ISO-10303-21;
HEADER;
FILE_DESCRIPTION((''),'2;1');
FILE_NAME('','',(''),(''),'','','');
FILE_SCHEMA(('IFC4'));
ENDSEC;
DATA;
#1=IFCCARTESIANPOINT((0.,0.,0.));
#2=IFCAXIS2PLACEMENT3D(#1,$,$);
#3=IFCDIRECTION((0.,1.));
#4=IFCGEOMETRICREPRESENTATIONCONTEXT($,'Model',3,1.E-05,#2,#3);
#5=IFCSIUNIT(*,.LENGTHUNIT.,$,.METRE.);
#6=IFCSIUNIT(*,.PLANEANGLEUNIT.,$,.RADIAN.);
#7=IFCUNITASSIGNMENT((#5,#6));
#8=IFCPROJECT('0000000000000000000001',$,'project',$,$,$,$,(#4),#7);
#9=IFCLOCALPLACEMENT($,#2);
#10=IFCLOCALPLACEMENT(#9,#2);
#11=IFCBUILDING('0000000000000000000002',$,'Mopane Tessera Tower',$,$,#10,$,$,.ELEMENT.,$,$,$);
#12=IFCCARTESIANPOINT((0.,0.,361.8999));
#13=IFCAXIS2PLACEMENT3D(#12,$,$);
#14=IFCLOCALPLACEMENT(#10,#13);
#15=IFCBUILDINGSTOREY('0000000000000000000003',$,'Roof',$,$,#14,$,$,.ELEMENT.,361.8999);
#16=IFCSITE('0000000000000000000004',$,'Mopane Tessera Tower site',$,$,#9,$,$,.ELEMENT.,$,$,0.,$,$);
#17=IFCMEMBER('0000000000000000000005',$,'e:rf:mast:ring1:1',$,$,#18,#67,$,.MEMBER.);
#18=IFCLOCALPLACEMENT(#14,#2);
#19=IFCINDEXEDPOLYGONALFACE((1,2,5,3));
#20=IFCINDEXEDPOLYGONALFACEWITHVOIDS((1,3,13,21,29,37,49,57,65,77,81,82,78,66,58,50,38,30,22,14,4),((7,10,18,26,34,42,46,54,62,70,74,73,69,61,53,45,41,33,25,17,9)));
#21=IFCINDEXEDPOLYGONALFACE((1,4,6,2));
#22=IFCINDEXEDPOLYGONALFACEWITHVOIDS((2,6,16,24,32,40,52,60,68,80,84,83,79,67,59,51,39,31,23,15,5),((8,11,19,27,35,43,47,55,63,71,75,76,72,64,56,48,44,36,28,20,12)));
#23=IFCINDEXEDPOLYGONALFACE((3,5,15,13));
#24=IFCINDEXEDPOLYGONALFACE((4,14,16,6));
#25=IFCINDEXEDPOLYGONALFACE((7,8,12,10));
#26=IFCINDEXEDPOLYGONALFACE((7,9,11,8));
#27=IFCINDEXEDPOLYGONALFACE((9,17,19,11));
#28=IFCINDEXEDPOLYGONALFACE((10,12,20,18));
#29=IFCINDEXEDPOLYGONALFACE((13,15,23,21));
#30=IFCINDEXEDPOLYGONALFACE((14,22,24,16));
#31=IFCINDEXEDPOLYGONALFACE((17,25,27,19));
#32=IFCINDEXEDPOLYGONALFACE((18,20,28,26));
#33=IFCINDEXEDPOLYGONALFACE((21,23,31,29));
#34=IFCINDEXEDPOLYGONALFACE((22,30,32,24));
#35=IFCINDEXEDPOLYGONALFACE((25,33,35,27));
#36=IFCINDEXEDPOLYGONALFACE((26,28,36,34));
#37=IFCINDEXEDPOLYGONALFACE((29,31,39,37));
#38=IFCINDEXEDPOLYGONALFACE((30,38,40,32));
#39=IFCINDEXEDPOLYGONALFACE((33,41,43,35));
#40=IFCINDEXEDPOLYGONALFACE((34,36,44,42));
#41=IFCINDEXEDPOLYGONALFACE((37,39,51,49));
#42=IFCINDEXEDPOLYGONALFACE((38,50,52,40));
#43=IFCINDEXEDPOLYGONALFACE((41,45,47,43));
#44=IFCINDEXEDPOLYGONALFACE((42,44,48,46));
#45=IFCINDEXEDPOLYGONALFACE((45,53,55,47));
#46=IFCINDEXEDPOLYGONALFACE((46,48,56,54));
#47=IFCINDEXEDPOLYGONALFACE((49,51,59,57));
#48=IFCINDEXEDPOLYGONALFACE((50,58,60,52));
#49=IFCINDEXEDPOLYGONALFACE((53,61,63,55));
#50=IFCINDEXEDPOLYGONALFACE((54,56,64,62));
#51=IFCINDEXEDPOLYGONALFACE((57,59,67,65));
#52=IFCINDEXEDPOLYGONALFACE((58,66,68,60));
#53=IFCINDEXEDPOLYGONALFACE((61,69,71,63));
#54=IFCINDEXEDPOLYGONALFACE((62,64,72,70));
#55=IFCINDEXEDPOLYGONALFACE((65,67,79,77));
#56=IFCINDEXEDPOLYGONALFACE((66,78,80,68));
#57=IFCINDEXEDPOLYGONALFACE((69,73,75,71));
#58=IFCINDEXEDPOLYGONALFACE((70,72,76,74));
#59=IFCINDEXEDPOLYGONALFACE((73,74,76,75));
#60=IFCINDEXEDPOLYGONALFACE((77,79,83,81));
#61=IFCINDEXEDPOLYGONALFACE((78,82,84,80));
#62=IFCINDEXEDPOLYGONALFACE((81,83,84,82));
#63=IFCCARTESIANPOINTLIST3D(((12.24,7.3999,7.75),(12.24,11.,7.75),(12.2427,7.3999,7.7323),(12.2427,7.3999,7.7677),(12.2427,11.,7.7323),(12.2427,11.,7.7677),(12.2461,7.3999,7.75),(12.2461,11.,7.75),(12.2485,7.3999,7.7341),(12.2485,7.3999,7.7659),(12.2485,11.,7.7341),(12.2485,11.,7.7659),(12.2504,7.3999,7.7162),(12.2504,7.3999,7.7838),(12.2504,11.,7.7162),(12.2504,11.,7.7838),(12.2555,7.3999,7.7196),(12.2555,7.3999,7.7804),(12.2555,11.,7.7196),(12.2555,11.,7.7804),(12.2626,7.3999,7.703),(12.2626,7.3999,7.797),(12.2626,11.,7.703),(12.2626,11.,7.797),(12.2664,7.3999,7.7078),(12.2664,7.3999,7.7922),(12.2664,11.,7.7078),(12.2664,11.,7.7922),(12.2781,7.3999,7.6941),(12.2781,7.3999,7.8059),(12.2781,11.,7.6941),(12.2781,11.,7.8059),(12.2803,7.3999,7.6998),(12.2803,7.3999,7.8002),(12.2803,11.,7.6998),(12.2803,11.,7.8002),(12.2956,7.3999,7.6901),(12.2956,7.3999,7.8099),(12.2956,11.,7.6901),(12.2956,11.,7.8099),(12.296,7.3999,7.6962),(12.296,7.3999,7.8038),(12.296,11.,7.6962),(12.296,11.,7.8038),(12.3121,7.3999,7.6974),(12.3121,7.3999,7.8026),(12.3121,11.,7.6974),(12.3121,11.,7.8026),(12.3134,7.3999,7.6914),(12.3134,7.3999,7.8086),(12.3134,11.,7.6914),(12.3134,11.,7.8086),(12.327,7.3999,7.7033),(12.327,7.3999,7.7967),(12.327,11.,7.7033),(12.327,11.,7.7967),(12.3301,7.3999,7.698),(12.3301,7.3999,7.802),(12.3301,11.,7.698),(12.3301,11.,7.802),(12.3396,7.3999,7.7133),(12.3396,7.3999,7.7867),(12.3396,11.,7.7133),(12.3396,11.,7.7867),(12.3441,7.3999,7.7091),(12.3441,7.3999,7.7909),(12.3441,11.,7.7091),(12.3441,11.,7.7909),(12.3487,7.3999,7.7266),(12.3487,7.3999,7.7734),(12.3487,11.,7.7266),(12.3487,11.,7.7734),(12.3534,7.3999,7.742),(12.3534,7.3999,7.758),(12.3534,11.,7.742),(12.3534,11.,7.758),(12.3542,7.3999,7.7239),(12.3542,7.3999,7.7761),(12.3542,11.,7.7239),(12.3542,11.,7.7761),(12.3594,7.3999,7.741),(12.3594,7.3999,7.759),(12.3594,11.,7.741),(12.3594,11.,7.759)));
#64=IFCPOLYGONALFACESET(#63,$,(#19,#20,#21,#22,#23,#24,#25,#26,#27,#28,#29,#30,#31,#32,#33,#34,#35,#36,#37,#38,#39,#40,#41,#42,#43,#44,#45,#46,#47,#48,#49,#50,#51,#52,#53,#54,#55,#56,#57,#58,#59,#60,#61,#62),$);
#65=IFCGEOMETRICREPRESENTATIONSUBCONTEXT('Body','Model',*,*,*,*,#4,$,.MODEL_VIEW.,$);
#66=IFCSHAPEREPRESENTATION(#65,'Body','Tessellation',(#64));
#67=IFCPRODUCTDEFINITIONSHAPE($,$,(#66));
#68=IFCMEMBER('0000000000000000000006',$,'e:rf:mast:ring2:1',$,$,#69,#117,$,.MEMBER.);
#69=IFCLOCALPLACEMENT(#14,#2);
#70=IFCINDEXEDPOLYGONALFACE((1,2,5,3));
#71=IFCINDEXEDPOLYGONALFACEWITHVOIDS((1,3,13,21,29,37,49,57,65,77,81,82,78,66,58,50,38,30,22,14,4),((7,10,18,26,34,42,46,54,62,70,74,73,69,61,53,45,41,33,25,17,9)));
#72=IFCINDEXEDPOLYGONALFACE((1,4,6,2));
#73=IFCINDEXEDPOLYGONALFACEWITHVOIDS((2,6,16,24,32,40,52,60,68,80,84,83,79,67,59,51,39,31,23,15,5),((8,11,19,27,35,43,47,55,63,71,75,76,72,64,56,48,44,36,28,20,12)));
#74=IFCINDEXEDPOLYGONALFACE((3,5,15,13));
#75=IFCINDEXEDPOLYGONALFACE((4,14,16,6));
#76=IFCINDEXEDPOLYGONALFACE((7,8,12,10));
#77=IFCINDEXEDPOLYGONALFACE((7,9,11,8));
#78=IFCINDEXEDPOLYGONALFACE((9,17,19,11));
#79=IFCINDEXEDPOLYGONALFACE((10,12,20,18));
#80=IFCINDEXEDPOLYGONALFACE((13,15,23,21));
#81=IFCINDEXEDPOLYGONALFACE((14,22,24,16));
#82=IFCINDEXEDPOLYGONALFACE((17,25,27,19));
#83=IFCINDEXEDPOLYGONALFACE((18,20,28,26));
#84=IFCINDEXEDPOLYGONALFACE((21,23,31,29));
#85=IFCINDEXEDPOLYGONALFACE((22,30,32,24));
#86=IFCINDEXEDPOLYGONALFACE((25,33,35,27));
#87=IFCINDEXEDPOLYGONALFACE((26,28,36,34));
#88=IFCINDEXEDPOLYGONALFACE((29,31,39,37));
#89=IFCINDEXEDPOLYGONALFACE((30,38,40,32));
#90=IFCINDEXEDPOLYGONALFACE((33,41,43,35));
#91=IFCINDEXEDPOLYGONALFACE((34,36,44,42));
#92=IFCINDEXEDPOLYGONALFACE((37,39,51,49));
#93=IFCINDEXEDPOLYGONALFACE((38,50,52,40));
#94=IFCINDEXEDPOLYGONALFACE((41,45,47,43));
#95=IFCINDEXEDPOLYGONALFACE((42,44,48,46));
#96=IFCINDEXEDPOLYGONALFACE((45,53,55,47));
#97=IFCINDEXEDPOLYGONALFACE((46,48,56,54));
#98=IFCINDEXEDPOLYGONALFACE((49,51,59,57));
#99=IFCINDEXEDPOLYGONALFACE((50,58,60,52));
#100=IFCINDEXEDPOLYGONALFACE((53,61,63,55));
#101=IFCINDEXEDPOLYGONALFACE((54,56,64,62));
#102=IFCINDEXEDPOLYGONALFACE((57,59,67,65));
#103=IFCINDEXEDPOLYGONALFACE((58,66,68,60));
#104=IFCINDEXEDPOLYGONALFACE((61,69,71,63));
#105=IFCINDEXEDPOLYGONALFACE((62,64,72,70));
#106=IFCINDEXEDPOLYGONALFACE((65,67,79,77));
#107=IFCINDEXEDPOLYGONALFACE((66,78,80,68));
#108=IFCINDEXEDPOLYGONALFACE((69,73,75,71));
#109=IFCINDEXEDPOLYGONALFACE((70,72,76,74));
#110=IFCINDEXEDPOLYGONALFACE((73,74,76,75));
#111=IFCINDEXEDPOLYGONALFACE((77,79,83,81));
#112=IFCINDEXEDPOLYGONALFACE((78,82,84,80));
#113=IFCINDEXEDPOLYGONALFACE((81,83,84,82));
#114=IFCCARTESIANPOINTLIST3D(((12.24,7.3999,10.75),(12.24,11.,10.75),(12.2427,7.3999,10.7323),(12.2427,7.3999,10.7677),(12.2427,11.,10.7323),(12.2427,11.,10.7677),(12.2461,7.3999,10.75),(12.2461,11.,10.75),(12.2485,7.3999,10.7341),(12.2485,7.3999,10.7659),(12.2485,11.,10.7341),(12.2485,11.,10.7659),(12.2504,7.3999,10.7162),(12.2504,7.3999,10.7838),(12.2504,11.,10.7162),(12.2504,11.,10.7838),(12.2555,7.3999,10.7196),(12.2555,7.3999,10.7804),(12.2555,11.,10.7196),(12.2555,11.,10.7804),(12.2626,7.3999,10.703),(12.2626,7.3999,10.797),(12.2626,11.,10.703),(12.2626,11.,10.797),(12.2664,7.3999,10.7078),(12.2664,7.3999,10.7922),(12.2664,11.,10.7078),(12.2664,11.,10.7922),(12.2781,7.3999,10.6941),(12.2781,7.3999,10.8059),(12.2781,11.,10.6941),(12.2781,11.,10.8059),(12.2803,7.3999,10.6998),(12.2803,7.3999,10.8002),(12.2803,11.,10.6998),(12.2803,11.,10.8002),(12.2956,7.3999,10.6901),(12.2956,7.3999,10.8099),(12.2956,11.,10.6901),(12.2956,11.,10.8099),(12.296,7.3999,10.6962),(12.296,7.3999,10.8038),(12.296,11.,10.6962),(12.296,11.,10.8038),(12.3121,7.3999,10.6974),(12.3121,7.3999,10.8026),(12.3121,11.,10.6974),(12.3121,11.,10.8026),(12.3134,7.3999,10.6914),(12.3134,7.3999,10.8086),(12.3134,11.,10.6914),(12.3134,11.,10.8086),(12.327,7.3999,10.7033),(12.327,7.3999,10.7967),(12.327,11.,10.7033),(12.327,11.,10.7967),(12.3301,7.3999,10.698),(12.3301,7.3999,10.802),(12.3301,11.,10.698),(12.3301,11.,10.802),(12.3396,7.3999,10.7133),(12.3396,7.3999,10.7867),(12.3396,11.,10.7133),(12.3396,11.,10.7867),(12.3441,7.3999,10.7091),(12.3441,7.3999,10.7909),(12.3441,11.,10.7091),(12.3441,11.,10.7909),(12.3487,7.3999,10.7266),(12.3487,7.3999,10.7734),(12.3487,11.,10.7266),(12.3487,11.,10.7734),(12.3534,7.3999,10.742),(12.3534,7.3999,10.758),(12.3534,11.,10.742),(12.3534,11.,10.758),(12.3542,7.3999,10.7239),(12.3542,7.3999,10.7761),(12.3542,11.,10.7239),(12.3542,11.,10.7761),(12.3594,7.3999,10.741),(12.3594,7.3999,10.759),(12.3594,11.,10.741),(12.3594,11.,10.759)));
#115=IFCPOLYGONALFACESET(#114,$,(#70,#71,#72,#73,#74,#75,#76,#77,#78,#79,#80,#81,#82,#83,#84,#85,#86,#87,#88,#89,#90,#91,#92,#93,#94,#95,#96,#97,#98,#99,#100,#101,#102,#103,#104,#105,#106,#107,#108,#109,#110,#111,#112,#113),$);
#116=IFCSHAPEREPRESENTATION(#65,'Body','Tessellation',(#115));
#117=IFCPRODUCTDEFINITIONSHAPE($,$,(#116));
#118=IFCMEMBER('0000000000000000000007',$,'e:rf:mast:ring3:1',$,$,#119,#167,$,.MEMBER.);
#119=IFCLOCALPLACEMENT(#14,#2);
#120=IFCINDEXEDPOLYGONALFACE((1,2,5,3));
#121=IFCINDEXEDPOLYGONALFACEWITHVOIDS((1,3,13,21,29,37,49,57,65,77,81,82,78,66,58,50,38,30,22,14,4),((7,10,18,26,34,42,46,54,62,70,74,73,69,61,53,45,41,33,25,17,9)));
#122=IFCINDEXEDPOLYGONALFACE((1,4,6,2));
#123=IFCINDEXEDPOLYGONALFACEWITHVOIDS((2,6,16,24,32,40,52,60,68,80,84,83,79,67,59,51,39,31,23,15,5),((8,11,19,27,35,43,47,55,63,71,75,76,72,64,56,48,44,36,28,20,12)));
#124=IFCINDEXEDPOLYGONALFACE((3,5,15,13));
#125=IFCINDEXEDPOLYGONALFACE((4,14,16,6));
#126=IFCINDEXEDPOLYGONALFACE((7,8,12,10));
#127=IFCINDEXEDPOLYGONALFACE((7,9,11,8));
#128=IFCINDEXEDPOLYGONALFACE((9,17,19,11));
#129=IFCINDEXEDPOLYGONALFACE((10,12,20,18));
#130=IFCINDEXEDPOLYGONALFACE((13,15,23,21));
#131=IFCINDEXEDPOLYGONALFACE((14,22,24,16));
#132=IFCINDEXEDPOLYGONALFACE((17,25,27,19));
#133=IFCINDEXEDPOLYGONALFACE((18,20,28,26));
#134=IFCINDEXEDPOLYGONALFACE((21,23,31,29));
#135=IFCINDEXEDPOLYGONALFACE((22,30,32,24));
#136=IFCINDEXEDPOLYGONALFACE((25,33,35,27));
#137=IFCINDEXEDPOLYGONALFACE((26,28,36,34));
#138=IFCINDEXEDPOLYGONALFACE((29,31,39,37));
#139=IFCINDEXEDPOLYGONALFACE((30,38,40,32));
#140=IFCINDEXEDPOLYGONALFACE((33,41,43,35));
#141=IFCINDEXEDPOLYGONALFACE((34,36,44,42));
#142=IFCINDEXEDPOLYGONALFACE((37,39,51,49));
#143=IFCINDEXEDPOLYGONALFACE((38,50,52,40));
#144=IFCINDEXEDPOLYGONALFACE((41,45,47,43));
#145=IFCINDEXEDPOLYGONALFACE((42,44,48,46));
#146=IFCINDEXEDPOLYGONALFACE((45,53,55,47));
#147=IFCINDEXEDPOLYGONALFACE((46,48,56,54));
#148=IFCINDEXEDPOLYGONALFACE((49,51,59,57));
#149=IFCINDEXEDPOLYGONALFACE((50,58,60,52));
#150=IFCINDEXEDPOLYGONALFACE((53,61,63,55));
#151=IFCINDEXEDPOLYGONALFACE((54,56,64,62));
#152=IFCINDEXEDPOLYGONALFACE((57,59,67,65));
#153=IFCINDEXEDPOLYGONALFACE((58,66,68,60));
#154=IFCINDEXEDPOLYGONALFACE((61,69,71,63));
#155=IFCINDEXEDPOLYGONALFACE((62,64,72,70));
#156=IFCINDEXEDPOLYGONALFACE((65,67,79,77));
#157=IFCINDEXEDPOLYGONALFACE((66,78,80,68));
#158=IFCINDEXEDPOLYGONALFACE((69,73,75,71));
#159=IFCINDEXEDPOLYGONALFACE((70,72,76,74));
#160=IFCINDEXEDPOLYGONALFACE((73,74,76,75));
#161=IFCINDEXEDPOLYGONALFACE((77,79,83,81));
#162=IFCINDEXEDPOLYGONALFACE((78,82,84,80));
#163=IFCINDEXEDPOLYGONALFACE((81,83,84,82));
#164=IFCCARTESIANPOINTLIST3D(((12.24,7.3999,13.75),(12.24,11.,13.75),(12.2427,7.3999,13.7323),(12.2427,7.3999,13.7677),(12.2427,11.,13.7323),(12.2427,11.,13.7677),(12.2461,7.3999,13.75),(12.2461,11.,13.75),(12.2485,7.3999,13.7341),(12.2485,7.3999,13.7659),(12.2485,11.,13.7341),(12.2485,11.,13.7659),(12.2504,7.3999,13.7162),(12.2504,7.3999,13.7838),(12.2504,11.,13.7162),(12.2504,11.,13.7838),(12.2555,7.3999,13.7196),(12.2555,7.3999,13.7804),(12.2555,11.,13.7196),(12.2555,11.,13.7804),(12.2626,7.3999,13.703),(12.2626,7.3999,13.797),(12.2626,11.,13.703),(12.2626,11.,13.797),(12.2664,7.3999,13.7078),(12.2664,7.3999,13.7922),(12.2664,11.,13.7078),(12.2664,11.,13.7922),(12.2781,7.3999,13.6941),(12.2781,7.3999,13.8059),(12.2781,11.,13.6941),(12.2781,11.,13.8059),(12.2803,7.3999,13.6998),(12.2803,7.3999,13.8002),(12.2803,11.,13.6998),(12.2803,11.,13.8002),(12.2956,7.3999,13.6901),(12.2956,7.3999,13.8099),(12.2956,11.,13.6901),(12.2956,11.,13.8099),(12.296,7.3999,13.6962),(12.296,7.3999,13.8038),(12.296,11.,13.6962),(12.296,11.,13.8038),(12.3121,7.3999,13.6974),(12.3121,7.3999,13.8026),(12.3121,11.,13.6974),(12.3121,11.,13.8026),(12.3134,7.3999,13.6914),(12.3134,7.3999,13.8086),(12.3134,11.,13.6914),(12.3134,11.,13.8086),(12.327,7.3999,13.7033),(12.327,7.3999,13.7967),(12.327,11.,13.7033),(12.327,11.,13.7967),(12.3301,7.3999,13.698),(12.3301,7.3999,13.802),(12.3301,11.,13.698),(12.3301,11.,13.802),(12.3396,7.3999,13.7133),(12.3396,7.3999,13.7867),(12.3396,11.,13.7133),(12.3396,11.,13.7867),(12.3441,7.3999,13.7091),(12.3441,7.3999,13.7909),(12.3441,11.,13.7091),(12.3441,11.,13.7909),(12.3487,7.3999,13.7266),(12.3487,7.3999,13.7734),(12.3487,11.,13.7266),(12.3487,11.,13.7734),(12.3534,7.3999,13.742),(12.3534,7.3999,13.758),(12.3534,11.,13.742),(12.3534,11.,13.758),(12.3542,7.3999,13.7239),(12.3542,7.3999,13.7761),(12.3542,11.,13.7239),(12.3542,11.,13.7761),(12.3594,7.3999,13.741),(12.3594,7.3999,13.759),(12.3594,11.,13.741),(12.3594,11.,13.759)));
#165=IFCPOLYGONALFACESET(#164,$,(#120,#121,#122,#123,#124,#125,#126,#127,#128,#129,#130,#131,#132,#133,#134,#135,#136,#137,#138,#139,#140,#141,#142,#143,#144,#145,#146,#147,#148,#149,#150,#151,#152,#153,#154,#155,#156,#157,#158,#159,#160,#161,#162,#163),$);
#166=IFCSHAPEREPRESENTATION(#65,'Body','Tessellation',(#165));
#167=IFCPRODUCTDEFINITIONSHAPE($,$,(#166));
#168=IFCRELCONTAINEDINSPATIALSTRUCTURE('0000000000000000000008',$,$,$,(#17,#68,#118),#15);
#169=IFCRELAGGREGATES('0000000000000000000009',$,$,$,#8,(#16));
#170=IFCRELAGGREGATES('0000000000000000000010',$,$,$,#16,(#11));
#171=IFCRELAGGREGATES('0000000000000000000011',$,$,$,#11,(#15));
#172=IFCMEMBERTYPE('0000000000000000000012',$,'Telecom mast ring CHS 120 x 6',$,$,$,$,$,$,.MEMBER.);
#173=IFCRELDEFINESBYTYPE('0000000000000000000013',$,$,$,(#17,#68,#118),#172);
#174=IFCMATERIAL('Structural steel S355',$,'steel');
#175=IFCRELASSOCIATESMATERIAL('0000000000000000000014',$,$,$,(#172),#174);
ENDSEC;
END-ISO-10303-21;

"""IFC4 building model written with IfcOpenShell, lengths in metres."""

from ifc_helpers import new_model, si_unit, direction, frame, origin, origin_2d, place, context, subcontext, project, spatial, hollow_circle, extrude, material, material_profile, profile_set, type_object, element, save


model = new_model("IFC4")

# Units and contexts
model_context = context("Model", 3, precision=1e-05, world=origin(), true_north=direction((0.0, 1.0)))
body_context = subcontext(model_context, "Body", "Model", "MODEL_VIEW")
ifc_project = project(units=[si_unit("LENGTHUNIT", "METRE"), si_unit("PLANEANGLEUNIT", "RADIAN")], contexts=[model_context])

# Site, building, storey
site_placement = place(None, origin())
site = spatial("IfcSite", under=ifc_project, at=site_placement, Name="Mopane Tessera Tower site", CompositionType="ELEMENT", RefElevation=0.0)
building_placement = place(site_placement, origin())
building = spatial("IfcBuilding", under=site, at=building_placement, Name="Mopane Tessera Tower", CompositionType="ELEMENT")
storey_placement = place(building_placement, frame((0.0, 0.0, 361.8999)))
storey = spatial("IfcBuildingStorey", under=building, at=storey_placement, Name="Roof", CompositionType="ELEMENT", Elevation=361.8999)

# Members
ifc_material_1 = material(Name="Structural steel S355", Category="steel")
ifc_material_profile_1 = material_profile(ifc_material_1, hollow_circle(Radius=0.0601, WallThickness=0.0061, at=origin_2d()))
ifc_profile_set_1 = profile_set([ifc_material_profile_1], Name="Structural steel S355")
member_type_1 = type_object("IfcMemberType", Name="Telecom mast ring CHS 120 x 6", PredefinedType="MEMBER", material=ifc_profile_set_1)
for number, where, z_axis, x_axis, name in (
    (1, (12.3, 7.3999, 7.75), (0.0, 1.0, 0.0), (-1.0, 0.0, 0.0), "e:rf:mast:ring1:1"),
    (2, (12.3, 7.3999, 10.75), (0.0, 1.0, 0.0), (-1.0, 0.0, 0.0), "e:rf:mast:ring2:1"),
    (3, (12.3, 7.3999, 13.75), (0.0, 1.0, 0.0), (-1.0, 0.0, 0.0), "e:rf:mast:ring3:1"),
):
    element("IfcMember", number, at=place(storey_placement, frame(where, z_axis=z_axis, x_axis=x_axis)), inside=storey, type_object=member_type_1, Name=name, PredefinedType="MEMBER", context=body_context, shape_type="SweptSolid", body=[
        extrude(hollow_circle(Radius=0.0601, WallThickness=0.0061, at=origin_2d()), origin(), (0.0, 0.0, 1.0), 3.6001),
    ])

save(model, "model.ifc")
